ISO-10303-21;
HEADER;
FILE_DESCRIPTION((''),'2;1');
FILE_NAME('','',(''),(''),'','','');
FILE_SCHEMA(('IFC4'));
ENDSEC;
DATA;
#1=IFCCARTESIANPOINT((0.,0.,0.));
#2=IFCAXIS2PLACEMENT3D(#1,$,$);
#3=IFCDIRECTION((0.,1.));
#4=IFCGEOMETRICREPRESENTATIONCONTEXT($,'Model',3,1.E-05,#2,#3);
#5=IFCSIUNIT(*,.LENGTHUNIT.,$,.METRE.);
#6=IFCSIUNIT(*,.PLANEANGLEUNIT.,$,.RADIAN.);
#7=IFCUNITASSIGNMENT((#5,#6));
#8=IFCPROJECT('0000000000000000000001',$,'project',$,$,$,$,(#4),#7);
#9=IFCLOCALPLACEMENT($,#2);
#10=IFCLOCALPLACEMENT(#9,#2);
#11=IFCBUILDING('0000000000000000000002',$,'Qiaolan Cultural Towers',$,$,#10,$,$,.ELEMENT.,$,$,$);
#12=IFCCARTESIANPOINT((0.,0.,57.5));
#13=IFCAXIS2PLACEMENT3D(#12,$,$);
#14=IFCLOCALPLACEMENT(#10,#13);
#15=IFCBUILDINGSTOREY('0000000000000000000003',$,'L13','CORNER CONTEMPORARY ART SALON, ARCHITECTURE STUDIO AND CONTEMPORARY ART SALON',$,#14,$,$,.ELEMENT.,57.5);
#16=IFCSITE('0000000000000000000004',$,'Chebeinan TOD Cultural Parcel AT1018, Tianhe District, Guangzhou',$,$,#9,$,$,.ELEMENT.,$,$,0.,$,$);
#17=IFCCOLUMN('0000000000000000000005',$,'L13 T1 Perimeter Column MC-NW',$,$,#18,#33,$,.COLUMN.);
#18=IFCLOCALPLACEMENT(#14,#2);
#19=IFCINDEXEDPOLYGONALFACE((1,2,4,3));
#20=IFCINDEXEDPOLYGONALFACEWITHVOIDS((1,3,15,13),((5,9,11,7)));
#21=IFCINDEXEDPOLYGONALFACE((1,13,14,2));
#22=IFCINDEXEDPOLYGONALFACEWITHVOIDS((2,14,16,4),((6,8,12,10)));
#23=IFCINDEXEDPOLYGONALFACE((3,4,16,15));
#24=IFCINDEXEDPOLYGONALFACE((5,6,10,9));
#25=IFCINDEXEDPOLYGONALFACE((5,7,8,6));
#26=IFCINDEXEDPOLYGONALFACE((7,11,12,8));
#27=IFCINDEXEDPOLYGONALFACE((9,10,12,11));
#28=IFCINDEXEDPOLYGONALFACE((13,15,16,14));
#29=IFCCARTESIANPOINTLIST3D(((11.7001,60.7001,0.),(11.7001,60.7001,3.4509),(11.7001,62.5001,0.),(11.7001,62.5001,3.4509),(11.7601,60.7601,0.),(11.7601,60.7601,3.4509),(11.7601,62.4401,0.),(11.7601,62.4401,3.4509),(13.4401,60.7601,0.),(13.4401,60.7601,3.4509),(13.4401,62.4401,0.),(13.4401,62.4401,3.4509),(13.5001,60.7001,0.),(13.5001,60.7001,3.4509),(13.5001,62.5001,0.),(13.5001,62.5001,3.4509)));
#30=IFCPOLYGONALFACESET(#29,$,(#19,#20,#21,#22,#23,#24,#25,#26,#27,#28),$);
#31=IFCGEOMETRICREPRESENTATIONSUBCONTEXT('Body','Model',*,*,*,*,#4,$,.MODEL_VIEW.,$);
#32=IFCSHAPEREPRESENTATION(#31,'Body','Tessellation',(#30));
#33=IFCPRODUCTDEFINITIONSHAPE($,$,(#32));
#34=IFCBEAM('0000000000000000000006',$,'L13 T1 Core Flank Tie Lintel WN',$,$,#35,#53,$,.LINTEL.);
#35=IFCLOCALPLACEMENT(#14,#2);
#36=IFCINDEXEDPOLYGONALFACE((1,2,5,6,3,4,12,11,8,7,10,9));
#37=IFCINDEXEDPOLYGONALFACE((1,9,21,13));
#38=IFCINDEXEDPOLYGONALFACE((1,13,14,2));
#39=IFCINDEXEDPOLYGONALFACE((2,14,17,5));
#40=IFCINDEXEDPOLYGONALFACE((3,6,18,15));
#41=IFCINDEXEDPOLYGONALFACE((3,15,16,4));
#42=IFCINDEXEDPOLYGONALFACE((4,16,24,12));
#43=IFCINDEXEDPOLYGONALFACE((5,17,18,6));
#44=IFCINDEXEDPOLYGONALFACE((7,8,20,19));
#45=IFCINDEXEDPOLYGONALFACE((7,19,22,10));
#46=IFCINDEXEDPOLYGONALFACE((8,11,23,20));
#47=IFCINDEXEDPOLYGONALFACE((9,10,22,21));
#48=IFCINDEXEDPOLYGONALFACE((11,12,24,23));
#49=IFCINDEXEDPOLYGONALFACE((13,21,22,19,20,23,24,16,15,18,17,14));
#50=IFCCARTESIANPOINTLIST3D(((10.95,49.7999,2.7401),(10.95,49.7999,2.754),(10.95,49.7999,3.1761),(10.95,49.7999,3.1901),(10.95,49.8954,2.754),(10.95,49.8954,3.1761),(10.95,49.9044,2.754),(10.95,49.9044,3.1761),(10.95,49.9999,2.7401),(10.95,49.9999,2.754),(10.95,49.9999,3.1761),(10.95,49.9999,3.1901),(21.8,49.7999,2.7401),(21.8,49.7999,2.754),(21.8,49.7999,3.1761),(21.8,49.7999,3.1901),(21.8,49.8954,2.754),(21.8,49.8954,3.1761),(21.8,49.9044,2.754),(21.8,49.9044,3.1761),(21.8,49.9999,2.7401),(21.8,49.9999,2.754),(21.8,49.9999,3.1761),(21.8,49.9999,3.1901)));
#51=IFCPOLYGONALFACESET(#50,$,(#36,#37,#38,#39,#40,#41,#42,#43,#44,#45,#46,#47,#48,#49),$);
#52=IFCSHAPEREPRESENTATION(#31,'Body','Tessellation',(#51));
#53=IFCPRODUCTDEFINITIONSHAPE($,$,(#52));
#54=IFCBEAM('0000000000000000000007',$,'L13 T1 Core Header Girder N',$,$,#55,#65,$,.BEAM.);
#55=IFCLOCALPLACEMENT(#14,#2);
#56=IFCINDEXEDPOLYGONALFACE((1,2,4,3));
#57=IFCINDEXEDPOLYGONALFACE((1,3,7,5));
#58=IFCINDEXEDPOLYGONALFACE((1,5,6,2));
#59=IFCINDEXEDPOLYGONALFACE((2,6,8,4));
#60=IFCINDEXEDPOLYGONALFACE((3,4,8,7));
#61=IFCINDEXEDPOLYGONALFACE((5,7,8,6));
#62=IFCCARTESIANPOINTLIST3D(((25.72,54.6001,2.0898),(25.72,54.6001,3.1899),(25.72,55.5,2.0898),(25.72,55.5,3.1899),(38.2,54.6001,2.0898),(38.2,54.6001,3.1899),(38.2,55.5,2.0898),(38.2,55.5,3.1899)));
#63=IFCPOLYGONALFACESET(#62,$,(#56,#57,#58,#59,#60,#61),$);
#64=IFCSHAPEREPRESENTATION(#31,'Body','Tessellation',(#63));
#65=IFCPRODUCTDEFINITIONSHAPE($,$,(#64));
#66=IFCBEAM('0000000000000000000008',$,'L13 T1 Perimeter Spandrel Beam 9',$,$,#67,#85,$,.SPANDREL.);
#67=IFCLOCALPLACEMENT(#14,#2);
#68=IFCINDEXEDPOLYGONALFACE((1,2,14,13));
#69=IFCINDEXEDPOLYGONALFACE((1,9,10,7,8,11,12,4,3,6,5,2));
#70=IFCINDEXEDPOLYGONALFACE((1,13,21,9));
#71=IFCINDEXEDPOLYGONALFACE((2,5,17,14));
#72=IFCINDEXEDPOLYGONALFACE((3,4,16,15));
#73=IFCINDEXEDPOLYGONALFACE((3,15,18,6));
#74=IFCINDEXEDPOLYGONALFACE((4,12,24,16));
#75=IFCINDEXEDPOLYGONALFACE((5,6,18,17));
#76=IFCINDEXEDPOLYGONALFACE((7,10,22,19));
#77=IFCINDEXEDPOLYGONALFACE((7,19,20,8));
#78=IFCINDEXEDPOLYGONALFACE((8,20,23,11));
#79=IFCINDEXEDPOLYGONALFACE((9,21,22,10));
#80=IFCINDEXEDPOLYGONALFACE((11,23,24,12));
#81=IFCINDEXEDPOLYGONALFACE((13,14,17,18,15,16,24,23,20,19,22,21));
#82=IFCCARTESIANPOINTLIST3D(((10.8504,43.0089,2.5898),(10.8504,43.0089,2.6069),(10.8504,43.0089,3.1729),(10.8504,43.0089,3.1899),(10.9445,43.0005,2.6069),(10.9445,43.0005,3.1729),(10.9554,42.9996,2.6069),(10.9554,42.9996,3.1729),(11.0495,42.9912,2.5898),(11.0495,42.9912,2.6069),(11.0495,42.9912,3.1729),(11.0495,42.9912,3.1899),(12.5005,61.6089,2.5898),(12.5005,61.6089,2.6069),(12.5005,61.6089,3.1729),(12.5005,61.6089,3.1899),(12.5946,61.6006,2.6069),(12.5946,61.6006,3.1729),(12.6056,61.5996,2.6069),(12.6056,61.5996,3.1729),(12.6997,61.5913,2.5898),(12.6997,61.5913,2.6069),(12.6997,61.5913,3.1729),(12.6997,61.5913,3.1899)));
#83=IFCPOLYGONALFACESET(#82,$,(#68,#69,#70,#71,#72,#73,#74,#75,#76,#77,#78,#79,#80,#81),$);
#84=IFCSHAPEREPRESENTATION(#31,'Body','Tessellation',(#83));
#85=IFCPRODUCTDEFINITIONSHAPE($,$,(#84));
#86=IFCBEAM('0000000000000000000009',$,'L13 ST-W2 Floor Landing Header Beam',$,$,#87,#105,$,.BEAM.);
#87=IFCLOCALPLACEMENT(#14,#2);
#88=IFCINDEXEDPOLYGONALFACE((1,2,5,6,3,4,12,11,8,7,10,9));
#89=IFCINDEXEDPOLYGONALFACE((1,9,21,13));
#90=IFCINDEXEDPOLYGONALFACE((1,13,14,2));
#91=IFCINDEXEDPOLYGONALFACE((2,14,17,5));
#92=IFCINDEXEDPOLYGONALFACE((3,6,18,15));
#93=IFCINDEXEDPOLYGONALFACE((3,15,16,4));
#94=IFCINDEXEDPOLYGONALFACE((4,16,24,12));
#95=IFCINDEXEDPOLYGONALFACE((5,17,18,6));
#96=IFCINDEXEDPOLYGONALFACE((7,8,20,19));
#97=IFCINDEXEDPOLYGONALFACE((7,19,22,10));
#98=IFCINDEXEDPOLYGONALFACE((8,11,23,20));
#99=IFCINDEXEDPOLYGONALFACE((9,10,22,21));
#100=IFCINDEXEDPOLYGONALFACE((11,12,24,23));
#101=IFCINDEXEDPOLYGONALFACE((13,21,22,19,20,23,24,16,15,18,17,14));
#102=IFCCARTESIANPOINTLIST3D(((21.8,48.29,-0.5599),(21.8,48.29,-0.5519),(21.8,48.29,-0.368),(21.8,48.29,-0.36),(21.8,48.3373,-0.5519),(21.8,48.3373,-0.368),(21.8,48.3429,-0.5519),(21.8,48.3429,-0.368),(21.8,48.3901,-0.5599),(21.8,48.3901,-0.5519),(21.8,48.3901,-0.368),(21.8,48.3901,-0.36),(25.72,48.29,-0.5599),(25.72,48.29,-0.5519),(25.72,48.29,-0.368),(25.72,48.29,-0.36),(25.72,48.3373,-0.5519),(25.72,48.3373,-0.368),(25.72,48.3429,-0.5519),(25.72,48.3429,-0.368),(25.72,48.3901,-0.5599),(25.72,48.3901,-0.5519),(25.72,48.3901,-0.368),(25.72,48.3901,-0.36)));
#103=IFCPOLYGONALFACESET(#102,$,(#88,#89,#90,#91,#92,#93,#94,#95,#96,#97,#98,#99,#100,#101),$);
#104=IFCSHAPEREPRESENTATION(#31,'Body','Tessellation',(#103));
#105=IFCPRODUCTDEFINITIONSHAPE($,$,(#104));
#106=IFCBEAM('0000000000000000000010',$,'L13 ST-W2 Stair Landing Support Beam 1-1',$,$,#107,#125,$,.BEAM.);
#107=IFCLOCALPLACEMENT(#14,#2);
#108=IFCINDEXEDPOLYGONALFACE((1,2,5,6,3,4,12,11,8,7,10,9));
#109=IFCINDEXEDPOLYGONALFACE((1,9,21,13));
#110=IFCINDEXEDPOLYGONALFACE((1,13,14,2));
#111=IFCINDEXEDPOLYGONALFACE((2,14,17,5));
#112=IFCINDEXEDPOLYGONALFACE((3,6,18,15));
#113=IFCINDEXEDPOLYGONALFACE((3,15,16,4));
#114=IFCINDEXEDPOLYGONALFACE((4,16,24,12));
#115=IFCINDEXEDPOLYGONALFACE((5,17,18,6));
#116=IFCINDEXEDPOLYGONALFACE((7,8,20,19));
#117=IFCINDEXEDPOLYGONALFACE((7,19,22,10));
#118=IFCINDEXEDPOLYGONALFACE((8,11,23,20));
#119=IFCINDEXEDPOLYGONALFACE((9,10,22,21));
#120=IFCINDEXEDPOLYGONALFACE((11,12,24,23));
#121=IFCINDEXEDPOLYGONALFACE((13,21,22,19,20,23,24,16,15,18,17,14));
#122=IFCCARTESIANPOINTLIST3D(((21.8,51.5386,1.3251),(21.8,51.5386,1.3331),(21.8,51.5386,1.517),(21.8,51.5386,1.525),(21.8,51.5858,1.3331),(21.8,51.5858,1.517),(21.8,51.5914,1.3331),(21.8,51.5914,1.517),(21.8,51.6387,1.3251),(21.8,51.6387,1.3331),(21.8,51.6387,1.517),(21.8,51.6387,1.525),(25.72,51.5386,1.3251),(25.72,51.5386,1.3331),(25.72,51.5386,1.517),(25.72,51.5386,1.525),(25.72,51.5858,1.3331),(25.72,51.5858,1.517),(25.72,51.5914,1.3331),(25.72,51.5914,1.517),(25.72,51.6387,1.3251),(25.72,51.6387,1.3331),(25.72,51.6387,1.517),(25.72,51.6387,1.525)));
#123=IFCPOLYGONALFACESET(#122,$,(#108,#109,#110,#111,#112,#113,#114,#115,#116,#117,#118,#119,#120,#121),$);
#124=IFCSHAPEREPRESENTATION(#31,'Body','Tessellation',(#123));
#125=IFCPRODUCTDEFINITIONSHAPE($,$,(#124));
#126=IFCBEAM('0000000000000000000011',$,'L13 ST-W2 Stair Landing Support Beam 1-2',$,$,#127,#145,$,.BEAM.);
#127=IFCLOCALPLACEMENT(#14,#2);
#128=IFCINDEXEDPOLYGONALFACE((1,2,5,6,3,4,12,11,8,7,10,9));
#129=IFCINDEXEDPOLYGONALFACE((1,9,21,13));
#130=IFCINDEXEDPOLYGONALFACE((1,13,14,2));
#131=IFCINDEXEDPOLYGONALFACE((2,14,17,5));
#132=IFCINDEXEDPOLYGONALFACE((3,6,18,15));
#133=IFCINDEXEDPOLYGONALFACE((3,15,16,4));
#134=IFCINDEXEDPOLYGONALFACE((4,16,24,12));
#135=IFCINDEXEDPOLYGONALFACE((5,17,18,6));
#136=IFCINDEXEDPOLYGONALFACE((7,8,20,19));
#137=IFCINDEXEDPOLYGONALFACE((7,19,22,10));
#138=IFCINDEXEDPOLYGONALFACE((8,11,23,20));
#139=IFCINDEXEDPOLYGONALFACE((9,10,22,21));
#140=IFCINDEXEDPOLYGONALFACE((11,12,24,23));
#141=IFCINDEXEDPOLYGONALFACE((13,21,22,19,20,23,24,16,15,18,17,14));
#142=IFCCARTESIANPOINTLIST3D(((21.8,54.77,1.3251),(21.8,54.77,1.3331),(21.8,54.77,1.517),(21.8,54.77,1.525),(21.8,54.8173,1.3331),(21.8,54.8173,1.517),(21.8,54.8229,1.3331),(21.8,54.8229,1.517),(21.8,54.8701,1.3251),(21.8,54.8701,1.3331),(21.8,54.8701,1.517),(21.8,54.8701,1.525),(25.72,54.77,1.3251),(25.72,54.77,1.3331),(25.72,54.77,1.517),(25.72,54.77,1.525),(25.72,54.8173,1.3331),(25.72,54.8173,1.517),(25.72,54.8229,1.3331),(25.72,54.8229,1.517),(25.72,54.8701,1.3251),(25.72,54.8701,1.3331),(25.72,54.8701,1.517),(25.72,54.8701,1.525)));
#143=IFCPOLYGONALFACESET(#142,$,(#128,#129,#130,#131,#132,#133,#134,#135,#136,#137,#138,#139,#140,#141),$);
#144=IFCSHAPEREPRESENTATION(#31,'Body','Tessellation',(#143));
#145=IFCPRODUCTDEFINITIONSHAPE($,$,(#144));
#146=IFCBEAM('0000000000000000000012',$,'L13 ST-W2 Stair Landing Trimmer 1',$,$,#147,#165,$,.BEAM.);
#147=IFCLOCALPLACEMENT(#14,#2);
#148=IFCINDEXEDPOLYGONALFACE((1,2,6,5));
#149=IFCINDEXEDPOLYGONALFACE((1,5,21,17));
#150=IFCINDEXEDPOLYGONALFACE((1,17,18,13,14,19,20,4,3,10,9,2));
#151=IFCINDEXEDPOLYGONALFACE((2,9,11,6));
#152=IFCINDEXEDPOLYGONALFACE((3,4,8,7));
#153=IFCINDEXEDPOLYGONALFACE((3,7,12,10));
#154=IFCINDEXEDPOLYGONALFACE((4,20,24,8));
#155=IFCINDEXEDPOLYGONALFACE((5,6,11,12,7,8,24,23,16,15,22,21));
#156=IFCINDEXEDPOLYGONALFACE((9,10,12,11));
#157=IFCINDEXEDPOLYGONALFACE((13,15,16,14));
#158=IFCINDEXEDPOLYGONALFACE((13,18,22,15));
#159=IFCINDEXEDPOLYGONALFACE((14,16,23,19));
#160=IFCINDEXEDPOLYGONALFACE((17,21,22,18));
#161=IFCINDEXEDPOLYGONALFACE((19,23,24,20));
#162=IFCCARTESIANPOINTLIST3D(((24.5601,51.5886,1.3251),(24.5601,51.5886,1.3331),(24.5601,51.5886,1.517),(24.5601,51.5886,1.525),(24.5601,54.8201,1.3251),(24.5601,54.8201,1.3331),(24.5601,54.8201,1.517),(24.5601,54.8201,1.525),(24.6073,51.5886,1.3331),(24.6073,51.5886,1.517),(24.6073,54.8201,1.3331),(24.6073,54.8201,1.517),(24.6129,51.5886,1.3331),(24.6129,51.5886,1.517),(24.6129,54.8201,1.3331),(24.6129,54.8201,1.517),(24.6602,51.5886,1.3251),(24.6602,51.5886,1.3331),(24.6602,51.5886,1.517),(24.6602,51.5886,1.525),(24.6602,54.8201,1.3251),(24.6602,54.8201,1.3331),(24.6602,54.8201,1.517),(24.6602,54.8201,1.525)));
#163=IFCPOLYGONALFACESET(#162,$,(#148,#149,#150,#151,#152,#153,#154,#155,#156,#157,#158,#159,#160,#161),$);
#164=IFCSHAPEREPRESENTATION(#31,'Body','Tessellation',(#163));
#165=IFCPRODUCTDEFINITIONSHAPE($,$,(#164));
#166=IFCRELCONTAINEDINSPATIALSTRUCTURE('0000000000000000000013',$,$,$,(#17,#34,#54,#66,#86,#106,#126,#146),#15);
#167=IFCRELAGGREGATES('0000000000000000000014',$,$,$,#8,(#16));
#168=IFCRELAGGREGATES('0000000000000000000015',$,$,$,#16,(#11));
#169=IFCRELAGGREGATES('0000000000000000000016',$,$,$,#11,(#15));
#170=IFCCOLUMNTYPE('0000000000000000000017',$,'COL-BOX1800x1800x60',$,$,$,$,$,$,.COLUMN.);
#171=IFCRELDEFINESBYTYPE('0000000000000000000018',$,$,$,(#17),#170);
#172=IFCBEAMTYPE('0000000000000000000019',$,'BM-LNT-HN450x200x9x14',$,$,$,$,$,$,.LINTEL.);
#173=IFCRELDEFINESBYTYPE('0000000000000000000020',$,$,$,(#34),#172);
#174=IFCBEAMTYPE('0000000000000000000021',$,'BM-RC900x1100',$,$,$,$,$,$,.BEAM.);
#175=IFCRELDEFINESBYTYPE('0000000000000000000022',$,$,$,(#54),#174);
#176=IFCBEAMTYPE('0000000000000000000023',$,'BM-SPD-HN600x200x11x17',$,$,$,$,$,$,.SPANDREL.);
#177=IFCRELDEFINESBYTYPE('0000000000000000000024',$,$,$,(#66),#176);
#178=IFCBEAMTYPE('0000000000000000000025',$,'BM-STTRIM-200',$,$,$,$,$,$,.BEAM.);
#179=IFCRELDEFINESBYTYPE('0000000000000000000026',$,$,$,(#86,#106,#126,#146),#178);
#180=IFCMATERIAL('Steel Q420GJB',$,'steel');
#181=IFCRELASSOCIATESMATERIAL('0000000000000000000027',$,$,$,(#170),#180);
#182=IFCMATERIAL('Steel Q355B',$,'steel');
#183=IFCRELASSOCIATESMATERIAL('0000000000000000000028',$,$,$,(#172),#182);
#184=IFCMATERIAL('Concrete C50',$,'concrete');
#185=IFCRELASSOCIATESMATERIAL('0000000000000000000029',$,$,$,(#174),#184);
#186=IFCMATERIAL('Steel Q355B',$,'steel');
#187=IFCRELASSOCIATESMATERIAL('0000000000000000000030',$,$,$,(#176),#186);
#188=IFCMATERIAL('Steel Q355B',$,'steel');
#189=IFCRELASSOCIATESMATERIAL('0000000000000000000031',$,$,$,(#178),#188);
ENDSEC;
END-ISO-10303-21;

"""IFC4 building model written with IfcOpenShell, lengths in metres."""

from ifc_helpers import new_model, si_unit, direction, frame, origin, origin_2d, place, context, subcontext, project, spatial, rectangle, hollow_rectangle, i_section, extrude, material, material_profile, profile_set, type_object, element, save


model = new_model("IFC4")

# Units and contexts
model_context = context("Model", 3, precision=1e-05, world=origin(), true_north=direction((0.0, 1.0)))
body_context = subcontext(model_context, "Body", "Model", "MODEL_VIEW")
ifc_project = project(units=[si_unit("LENGTHUNIT", "METRE"), si_unit("PLANEANGLEUNIT", "RADIAN")], contexts=[model_context])

# Site, building, storey
site_placement = place(None, origin())
site = spatial("IfcSite", under=ifc_project, at=site_placement, Name="Chebeinan TOD Cultural Parcel AT1018, Tianhe District, Guangzhou", CompositionType="ELEMENT", RefElevation=0.0)
building_placement = place(site_placement, origin())
building = spatial("IfcBuilding", under=site, at=building_placement, Name="Qiaolan Cultural Towers", CompositionType="ELEMENT")
storey_placement = place(building_placement, frame((0.0, 0.0, 57.5)))
storey = spatial("IfcBuildingStorey", under=building, at=storey_placement, Name="L13", Description="CORNER CONTEMPORARY ART SALON, ARCHITECTURE STUDIO AND CONTEMPORARY ART SALON", CompositionType="ELEMENT", Elevation=57.5)

# Column
ifc_material_1 = material(Name="Steel Q420GJB", Category="steel")
ifc_material_profile_1 = material_profile(ifc_material_1, hollow_rectangle(XDim=1.8, YDim=1.8, WallThickness=0.0601, at=origin_2d()), Name="BOX1800x1800x60")
ifc_profile_set_1 = profile_set([ifc_material_profile_1], Name="Steel Q420GJB")
column_type = type_object("IfcColumnType", Name="COL-BOX1800x1800x60", PredefinedType="COLUMN", material=ifc_profile_set_1)
column_placement = place(storey_placement, frame((12.6001, 61.6001, 0.0), z_axis=(0.0, 0.0, 1.0), x_axis=(1.0, 0.0, 0.0)))
element("IfcColumn", 1, at=column_placement, inside=storey, type_object=column_type, Name="L13 T1 Perimeter Column MC-NW", PredefinedType="COLUMN", context=body_context, shape_type="SweptSolid", body=[
    extrude(hollow_rectangle(XDim=1.8, YDim=1.8, WallThickness=0.0601, at=origin_2d()), origin(), (0.0, 0.0, 1.0), 3.4509),
])

# Beams
ifc_material_2 = material(Name="Steel Q355B", Category="steel")
ifc_material_profile_2 = material_profile(ifc_material_2, i_section(OverallWidth=0.2, OverallDepth=0.45, WebThickness=0.009, FlangeThickness=0.0139, at=origin_2d()), Name="HN450x200x9x14")
ifc_profile_set_2 = profile_set([ifc_material_profile_2], Name="Steel Q355B")
beam_type_1 = type_object("IfcBeamType", Name="BM-LNT-HN450x200x9x14", PredefinedType="LINTEL", material=ifc_profile_set_2)
beam_1_placement = place(storey_placement, frame((21.8, 49.8999, 2.9651), z_axis=(-1.0, 0.0, 0.0), x_axis=(0.0, -1.0, 0.0)))
element("IfcBeam", 2, at=beam_1_placement, inside=storey, type_object=beam_type_1, Name="L13 T1 Core Flank Tie Lintel WN", PredefinedType="LINTEL", context=body_context, shape_type="SweptSolid", body=[
    extrude(i_section(OverallWidth=0.2, OverallDepth=0.45, WebThickness=0.009, FlangeThickness=0.0139, at=origin_2d()), origin(), (0.0, 0.0, 1.0), 10.8501),
])
ifc_material_3 = material(Name="Concrete C50", Category="concrete")
ifc_material_profile_3 = material_profile(ifc_material_3, rectangle(XDim=0.8999, YDim=1.1001, at=origin_2d()), Name="RC900x1100")
ifc_profile_set_3 = profile_set([ifc_material_profile_3], Name="Concrete C50")
beam_type_2 = type_object("IfcBeamType", Name="BM-RC900x1100", PredefinedType="BEAM", material=ifc_profile_set_3)
beam_2_placement = place(storey_placement, frame((25.72, 55.05, 2.6399), z_axis=(1.0, 0.0, 0.0), x_axis=(0.0, 1.0, 0.0)))
element("IfcBeam", 3, at=beam_2_placement, inside=storey, type_object=beam_type_2, Name="L13 T1 Core Header Girder N", PredefinedType="BEAM", context=body_context, shape_type="SweptSolid", body=[
    extrude(rectangle(XDim=0.8999, YDim=1.1001, at=origin_2d()), origin(), (0.0, 0.0, 1.0), 12.48),
])
ifc_material_4 = material(Name="Steel Q355B", Category="steel")
ifc_material_profile_4 = material_profile(ifc_material_4, i_section(OverallWidth=0.2, OverallDepth=0.6001, WebThickness=0.011, FlangeThickness=0.0171, at=origin_2d()), Name="HN600x200x11x17")
ifc_profile_set_4 = profile_set([ifc_material_profile_4], Name="Steel Q355B")
beam_type_3 = type_object("IfcBeamType", Name="BM-SPD-HN600x200x11x17", PredefinedType="SPANDREL", material=ifc_profile_set_4)
beam_3_placement = place(storey_placement, frame((12.6001, 61.6001, 2.8899), z_axis=(-0.08837, -0.996088, 0.0), x_axis=(0.996088, -0.08837, 0.0)))
element("IfcBeam", 4, at=beam_3_placement, inside=storey, type_object=beam_type_3, Name="L13 T1 Perimeter Spandrel Beam 9", PredefinedType="SPANDREL", context=body_context, shape_type="SweptSolid", body=[
    extrude(i_section(OverallWidth=0.2, OverallDepth=0.6001, WebThickness=0.011, FlangeThickness=0.0171, at=origin_2d()), origin(), (0.0, 0.0, 1.0), 18.6731),
])
ifc_material_5 = material(Name="Steel Q355B", Category="steel")
ifc_material_profile_5 = material_profile(ifc_material_5, i_section(OverallWidth=0.1001, OverallDepth=0.2, WebThickness=0.0056, FlangeThickness=0.0081, at=origin_2d()), Name="HN200x100x5.5x8")
ifc_profile_set_5 = profile_set([ifc_material_profile_5], Name="Steel Q355B")
beam_type_4 = type_object("IfcBeamType", Name="BM-STTRIM-200", PredefinedType="BEAM", material=ifc_profile_set_5)
for number, where, z_axis, x_axis, name in (
    (5, (21.8, 48.3401, -0.46), (1.0, 0.0, 0.0), (0.0, 1.0, 0.0), "L13 ST-W2 Floor Landing Header Beam"),
    (6, (21.8, 51.5886, 1.425), (1.0, 0.0, 0.0), (0.0, 1.0, 0.0), "L13 ST-W2 Stair Landing Support Beam 1-1"),
    (7, (21.8, 54.8201, 1.425), (1.0, 0.0, 0.0), (0.0, 1.0, 0.0), "L13 ST-W2 Stair Landing Support Beam 1-2"),
):
    element("IfcBeam", number, at=place(storey_placement, frame(where, z_axis=z_axis, x_axis=x_axis)), inside=storey, type_object=beam_type_4, Name=name, PredefinedType="BEAM", context=body_context, shape_type="SweptSolid", body=[
        extrude(i_section(OverallWidth=0.1001, OverallDepth=0.2, WebThickness=0.0056, FlangeThickness=0.0081, at=origin_2d()), origin(), (0.0, 0.0, 1.0), 3.9199),
    ])
beam_4_placement = place(storey_placement, frame((24.6101, 51.5886, 1.425), z_axis=(0.0, 1.0, 0.0), x_axis=(-1.0, 0.0, 0.0)))
element("IfcBeam", 8, at=beam_4_placement, inside=storey, type_object=beam_type_4, Name="L13 ST-W2 Stair Landing Trimmer 1", PredefinedType="BEAM", context=body_context, shape_type="SweptSolid", body=[
    extrude(i_section(OverallWidth=0.1001, OverallDepth=0.2, WebThickness=0.0056, FlangeThickness=0.0081, at=origin_2d()), origin(), (0.0, 0.0, 1.0), 3.2314),
])

save(model, "model.ifc")
